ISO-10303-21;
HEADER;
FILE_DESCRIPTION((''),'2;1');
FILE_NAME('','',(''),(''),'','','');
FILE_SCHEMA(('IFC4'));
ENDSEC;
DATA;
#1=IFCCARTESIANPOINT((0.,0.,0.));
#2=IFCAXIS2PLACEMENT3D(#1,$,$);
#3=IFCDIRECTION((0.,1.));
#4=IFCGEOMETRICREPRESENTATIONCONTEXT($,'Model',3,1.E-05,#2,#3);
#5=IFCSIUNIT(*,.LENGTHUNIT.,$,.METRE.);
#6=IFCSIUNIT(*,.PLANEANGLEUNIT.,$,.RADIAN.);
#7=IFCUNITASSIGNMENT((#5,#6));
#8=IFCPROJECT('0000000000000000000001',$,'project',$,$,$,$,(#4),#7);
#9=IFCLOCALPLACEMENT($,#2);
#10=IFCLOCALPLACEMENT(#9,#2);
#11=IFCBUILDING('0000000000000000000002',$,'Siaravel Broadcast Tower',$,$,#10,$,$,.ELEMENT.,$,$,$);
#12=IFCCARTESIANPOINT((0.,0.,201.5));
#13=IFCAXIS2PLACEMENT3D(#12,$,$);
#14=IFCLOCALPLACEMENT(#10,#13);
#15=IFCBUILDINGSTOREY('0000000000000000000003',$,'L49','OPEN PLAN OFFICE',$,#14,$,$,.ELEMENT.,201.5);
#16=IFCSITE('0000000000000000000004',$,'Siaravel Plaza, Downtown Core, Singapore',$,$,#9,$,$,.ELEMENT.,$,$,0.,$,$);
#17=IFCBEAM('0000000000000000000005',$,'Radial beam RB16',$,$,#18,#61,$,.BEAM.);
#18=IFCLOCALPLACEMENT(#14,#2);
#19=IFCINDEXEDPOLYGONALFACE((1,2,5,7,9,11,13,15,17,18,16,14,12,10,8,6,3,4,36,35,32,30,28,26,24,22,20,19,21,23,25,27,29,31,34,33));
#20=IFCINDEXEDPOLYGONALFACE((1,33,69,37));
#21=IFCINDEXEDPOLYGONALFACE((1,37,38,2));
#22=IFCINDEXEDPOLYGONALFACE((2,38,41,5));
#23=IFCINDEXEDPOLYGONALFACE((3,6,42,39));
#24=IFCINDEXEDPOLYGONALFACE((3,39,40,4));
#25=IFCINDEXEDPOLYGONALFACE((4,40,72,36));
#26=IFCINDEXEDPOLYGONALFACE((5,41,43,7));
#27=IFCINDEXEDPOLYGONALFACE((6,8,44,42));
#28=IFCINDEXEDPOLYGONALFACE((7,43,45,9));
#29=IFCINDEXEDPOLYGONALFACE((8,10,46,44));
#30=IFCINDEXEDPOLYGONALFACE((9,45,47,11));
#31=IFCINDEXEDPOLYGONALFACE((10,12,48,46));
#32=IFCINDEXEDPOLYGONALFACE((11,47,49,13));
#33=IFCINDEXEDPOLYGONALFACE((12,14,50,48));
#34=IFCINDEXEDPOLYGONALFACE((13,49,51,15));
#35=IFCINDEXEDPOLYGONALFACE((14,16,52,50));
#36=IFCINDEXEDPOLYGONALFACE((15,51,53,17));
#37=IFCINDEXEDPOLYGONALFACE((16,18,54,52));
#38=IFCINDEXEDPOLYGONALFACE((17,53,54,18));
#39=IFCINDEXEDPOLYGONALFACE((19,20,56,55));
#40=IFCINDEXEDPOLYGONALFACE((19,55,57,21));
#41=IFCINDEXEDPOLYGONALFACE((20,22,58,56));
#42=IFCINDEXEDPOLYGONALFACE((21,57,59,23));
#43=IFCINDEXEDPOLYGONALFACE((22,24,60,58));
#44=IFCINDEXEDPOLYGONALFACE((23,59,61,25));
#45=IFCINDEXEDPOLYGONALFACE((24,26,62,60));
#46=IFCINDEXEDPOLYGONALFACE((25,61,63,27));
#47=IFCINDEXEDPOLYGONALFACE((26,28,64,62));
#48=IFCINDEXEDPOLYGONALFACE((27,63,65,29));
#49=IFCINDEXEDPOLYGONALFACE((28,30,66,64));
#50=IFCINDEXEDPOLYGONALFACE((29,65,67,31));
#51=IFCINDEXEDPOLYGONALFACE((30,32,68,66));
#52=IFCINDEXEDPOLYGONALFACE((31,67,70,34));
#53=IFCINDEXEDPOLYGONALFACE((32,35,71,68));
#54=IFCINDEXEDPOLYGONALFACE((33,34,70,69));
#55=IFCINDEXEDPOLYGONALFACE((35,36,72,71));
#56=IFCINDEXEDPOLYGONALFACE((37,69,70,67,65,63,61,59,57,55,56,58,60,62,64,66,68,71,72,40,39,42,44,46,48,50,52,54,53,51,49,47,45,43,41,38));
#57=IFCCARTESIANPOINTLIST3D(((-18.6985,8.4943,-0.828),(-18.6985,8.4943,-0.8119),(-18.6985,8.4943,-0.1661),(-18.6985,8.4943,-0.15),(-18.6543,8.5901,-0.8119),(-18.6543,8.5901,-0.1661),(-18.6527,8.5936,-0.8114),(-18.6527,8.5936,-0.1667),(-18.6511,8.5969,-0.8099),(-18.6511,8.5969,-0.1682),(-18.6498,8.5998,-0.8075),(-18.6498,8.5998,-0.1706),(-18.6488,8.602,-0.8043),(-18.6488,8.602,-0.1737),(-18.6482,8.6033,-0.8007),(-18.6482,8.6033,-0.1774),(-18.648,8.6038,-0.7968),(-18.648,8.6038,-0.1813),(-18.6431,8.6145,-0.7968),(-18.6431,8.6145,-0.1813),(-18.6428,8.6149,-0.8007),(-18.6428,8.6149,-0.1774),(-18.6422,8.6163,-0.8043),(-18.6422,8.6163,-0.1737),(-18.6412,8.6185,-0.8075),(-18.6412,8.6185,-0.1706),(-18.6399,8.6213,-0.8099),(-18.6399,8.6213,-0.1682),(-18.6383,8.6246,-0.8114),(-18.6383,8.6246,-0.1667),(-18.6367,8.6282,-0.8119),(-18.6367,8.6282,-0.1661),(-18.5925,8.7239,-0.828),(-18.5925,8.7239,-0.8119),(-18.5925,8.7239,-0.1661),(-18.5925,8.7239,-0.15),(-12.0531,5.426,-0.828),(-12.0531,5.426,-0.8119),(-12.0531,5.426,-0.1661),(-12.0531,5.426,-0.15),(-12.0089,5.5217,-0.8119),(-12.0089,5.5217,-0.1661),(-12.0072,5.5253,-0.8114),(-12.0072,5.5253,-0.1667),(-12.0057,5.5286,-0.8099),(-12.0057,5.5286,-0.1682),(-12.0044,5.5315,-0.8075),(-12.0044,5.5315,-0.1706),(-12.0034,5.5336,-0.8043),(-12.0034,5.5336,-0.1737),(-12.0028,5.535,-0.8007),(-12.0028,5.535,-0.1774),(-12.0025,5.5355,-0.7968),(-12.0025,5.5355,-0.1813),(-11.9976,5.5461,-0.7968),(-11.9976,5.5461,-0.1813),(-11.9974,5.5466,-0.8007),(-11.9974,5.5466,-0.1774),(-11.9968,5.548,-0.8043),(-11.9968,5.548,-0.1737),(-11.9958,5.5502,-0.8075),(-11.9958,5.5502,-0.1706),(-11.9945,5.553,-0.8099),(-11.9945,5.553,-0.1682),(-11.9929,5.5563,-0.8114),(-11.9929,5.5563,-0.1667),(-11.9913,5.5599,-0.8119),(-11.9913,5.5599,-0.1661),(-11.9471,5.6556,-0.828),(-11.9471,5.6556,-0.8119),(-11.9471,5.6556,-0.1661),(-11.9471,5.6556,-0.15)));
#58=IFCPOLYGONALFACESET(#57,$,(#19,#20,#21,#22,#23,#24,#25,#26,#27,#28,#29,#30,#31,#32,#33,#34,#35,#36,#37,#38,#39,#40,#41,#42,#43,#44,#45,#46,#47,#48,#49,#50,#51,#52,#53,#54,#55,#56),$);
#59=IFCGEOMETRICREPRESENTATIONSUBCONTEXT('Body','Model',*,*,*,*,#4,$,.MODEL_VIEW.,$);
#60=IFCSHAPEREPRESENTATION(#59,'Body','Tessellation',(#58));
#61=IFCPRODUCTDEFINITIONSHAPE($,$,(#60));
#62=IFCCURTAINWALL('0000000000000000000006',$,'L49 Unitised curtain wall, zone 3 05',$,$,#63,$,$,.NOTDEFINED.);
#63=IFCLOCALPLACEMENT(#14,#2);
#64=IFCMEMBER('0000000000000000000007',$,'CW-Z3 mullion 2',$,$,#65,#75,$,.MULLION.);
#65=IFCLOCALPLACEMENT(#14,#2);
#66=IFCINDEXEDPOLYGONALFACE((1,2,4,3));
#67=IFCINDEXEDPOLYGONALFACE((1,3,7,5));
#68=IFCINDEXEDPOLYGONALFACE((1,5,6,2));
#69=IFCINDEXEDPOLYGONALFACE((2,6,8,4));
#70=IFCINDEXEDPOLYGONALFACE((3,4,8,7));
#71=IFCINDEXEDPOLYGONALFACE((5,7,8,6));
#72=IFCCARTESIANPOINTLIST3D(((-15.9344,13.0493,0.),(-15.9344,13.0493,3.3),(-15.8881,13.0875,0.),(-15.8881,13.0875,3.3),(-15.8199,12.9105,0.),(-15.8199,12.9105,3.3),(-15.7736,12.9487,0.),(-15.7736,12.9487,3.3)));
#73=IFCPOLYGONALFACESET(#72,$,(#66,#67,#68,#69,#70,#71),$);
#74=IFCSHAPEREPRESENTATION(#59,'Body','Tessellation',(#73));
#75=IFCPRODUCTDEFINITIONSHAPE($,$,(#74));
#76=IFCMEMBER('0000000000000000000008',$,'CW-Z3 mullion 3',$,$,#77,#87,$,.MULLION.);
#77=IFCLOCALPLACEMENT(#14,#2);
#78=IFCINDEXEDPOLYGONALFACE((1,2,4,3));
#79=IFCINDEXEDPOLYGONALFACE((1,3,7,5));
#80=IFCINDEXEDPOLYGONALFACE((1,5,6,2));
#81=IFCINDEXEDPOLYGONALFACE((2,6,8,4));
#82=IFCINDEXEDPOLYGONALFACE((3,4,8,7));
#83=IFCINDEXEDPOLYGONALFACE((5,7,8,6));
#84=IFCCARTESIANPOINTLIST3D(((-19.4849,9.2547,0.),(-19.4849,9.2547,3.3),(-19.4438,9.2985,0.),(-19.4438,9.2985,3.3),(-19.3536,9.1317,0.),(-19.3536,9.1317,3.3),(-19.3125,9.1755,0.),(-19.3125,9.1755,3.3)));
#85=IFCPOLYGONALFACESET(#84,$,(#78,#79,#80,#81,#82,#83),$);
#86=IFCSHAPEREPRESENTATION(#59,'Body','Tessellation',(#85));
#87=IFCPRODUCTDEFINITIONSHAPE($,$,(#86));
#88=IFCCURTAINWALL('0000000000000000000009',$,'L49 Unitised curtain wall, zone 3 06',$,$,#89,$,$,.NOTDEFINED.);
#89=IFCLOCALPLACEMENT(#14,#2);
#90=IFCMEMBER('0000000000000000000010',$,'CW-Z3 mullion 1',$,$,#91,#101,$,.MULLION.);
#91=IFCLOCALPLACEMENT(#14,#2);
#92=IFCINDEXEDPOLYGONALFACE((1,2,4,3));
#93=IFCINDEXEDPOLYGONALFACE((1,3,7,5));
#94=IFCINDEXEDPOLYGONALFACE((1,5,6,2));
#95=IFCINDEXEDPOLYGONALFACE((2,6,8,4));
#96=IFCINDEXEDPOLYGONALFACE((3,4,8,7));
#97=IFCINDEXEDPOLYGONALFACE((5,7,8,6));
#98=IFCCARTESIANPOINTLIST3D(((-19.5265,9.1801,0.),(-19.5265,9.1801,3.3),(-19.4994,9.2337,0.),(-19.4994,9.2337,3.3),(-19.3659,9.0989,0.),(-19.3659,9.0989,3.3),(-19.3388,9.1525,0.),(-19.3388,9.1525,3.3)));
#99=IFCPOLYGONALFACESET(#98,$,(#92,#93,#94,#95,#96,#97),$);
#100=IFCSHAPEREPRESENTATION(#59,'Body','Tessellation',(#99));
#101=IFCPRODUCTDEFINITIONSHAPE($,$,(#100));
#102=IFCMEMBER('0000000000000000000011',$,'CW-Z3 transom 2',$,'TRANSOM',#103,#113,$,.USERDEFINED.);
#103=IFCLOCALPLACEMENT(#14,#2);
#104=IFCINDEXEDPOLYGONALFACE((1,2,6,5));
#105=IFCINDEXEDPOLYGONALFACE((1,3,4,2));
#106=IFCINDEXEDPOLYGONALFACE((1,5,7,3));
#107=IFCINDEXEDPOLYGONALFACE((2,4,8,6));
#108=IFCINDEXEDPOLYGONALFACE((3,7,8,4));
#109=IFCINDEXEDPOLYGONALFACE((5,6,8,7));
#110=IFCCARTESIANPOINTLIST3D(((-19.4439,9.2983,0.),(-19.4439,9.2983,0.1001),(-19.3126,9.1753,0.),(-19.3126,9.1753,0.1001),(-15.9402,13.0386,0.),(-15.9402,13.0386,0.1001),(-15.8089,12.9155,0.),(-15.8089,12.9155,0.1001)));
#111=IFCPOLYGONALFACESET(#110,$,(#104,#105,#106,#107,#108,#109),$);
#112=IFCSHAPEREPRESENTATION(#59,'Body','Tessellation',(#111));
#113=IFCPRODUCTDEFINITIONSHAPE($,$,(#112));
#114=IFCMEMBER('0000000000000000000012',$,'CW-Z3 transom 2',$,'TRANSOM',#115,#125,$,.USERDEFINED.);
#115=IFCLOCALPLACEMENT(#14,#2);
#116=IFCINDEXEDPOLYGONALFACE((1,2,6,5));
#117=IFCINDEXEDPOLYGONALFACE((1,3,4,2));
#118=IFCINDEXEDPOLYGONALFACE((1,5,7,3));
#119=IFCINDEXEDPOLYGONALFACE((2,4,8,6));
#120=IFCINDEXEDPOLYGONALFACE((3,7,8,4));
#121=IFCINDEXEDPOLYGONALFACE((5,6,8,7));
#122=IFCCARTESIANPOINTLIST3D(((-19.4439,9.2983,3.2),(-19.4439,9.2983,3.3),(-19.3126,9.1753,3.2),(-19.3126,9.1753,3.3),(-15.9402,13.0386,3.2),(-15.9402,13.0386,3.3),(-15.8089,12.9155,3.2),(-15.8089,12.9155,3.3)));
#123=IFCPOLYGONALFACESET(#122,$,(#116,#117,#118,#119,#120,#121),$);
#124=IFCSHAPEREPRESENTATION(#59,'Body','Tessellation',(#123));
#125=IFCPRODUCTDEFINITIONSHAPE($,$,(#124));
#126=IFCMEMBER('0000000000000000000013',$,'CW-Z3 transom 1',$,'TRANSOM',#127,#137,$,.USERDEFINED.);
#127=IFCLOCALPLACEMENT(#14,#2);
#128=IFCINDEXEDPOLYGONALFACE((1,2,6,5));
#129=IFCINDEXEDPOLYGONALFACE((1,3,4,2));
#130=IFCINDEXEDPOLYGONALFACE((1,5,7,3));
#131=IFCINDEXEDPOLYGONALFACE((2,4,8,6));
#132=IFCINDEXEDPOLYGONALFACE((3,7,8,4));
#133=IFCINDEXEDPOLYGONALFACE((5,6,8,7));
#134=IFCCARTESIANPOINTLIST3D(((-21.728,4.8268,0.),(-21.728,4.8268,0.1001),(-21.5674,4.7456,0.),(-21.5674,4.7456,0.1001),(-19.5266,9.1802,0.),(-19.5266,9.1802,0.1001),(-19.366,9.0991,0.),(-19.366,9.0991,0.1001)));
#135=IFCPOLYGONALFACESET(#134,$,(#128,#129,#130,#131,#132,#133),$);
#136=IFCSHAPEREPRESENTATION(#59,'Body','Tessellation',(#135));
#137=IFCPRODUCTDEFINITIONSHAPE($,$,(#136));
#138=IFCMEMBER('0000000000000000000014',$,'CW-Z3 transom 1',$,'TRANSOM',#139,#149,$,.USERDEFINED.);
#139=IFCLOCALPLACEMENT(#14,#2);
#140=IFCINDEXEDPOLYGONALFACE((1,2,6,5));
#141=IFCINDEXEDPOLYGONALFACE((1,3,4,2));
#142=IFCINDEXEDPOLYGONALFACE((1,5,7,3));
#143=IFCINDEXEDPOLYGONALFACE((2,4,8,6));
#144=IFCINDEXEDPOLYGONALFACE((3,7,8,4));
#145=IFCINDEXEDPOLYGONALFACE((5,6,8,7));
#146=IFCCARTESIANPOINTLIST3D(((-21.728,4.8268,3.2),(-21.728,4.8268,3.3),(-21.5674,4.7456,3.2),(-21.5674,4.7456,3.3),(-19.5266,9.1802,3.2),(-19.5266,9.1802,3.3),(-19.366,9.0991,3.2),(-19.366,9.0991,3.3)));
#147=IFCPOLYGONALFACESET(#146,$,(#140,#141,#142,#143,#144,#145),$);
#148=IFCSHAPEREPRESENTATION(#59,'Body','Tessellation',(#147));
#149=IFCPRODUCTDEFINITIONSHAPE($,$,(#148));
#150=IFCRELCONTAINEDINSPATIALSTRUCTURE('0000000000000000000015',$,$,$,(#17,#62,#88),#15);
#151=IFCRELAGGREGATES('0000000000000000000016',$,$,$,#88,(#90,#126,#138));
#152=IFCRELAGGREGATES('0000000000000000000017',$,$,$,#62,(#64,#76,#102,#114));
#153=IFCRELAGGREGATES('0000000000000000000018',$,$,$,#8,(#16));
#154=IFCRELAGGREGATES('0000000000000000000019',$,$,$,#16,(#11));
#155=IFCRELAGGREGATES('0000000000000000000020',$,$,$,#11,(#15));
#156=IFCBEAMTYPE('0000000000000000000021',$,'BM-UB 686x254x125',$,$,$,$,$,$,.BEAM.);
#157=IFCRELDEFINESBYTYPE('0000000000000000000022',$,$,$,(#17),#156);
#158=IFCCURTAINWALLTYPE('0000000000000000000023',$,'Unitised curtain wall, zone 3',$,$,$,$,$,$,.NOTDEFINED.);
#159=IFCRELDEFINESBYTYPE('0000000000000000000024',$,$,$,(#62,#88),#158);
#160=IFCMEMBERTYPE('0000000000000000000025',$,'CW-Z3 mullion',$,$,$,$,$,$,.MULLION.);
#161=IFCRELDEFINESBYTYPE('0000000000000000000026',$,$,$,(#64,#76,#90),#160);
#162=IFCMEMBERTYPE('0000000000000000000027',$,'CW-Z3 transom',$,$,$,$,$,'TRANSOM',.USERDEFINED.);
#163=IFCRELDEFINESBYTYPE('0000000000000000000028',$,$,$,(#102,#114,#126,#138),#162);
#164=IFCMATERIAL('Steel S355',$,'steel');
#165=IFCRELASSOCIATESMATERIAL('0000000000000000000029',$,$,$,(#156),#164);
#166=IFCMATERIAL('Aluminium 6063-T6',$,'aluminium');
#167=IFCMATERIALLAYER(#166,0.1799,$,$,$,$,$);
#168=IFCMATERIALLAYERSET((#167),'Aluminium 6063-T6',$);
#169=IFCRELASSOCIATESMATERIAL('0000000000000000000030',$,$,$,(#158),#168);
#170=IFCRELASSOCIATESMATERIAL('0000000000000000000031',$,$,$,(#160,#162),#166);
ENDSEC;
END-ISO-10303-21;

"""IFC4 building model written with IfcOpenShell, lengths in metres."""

from ifc_helpers import new_model, si_unit, direction, frame, origin, origin_2d, place, context, subcontext, project, spatial, rectangle, i_section, extrude, material, layer, layer_set, material_profile, profile_set, type_object, element, aggregate, save


model = new_model("IFC4")

# Units and contexts
model_context = context("Model", 3, precision=1e-05, world=origin(), true_north=direction((0.0, 1.0)))
body_context = subcontext(model_context, "Body", "Model", "MODEL_VIEW")
ifc_project = project(units=[si_unit("LENGTHUNIT", "METRE"), si_unit("PLANEANGLEUNIT", "RADIAN")], contexts=[model_context])

# Site, building, storey
site_placement = place(None, origin())
site = spatial("IfcSite", under=ifc_project, at=site_placement, Name="Siaravel Plaza, Downtown Core, Singapore", CompositionType="ELEMENT", RefElevation=0.0)
building_placement = place(site_placement, origin())
building = spatial("IfcBuilding", under=site, at=building_placement, Name="Siaravel Broadcast Tower", CompositionType="ELEMENT")
storey_placement = place(building_placement, frame((0.0, 0.0, 201.5)))
storey = spatial("IfcBuildingStorey", under=building, at=storey_placement, Name="L49", Description="OPEN PLAN OFFICE", CompositionType="ELEMENT", Elevation=201.5)

# Beam
ifc_material_1 = material(Name="Steel S355", Category="steel")
ifc_material_profile_1 = material_profile(ifc_material_1, i_section(OverallWidth=0.2529, OverallDepth=0.678, WebThickness=0.0117, FlangeThickness=0.0161, FilletRadius=0.0151, at=origin_2d()))
ifc_profile_set_1 = profile_set([ifc_material_profile_1], Name="Steel S355")
beam_type = type_object("IfcBeamType", Name="BM-UB 686x254x125", PredefinedType="BEAM", material=ifc_profile_set_1)
beam_1_placement = place(storey_placement, frame((-18.6455, 8.6091, -0.489), z_axis=(0.907897, -0.419194, 0.0), x_axis=(0.419194, 0.907897, 0.0)))
element("IfcBeam", 1, at=beam_1_placement, inside=storey, type_object=beam_type, Name="Radial beam RB16", PredefinedType="BEAM", context=body_context, shape_type="SweptSolid", body=[
    extrude(i_section(OverallWidth=0.2529, OverallDepth=0.678, WebThickness=0.0117, FlangeThickness=0.0161, FilletRadius=0.0151, at=origin_2d()), origin(), (0.0, 0.0, 1.0), 7.3196),
])

# Curtain wall, members
ifc_material_2 = material(Name="Aluminium 6063-T6", Category="aluminium")
ifc_layer_1 = layer(ifc_material_2, 0.1799)
ifc_layer_set_1 = layer_set([ifc_layer_1], Name="Aluminium 6063-T6")
curtain_wall_type = type_object("IfcCurtainWallType", Name="Unitised curtain wall, zone 3", PredefinedType="NOTDEFINED", material=ifc_layer_set_1)
curtain_wall_1_placement = place(storey_placement, origin())
curtain_wall_1 = element("IfcCurtainWall", 2, at=curtain_wall_1_placement, inside=storey, type_object=curtain_wall_type, Name="L49 Unitised curtain wall, zone 3 05", PredefinedType="NOTDEFINED")
ifc_material_profile_2 = material_profile(ifc_material_2, rectangle(XDim=0.1799, YDim=0.0601, at=origin_2d()))
ifc_profile_set_2 = profile_set([ifc_material_profile_2], Name="Aluminium 6063-T6")
member_type_1 = type_object("IfcMemberType", Name="CW-Z3 mullion", PredefinedType="MULLION", material=ifc_profile_set_2)
member_1_placement = place(storey_placement, frame((-15.854, 12.999, 0.0), z_axis=(0.0, 0.0, 1.0), x_axis=(0.636221, -0.771507, 0.0)))
member_1 = element("IfcMember", 3, at=member_1_placement, type_object=member_type_1, Name="CW-Z3 mullion 2", PredefinedType="MULLION", context=body_context, shape_type="SweptSolid", body=[
    extrude(rectangle(XDim=0.1799, YDim=0.0601, at=origin_2d()), origin(), (0.0, 0.0, 1.0), 3.3),
])
member_2_placement = place(storey_placement, frame((-19.3987, 9.2151, 0.0), z_axis=(0.0, 0.0, 1.0), x_axis=(0.729807, -0.683653, 0.0)))
member_2 = element("IfcMember", 4, at=member_2_placement, type_object=member_type_1, Name="CW-Z3 mullion 3", PredefinedType="MULLION", context=body_context, shape_type="SweptSolid", body=[
    extrude(rectangle(XDim=0.1799, YDim=0.0601, at=origin_2d()), origin(), (0.0, 0.0, 1.0), 3.3),
])

# Curtain wall, member
curtain_wall_2_placement = place(storey_placement, origin())
curtain_wall_2 = element("IfcCurtainWall", 5, at=curtain_wall_2_placement, inside=storey, type_object=curtain_wall_type, Name="L49 Unitised curtain wall, zone 3 06", PredefinedType="NOTDEFINED")
member_3_placement = place(storey_placement, frame((-19.4326, 9.1663, 0.0), z_axis=(0.0, 0.0, 1.0), x_axis=(0.892393, -0.451259, 0.0)))
member_3 = element("IfcMember", 6, at=member_3_placement, type_object=member_type_1, Name="CW-Z3 mullion 1", PredefinedType="MULLION", context=body_context, shape_type="SweptSolid", body=[
    extrude(rectangle(XDim=0.1799, YDim=0.0601, at=origin_2d()), origin(), (0.0, 0.0, 1.0), 3.3),
])

# Members
ifc_material_profile_3 = material_profile(ifc_material_2, rectangle(XDim=0.1799, YDim=0.1001, at=origin_2d()))
ifc_profile_set_3 = profile_set([ifc_material_profile_3], Name="Aluminium 6063-T6")
member_type_2 = type_object("IfcMemberType", Name="CW-Z3 transom", ElementType="TRANSOM", PredefinedType="USERDEFINED", material=ifc_profile_set_3)
member_4_placement = place(storey_placement, frame((-15.8745, 12.9771, 0.05), z_axis=(-0.68365, -0.72981, 0.0), x_axis=(0.72981, -0.68365, 0.0)))
member_4 = element("IfcMember", 7, at=member_4_placement, type_object=member_type_2, Name="CW-Z3 transom 2", ObjectType="TRANSOM", PredefinedType="USERDEFINED", context=body_context, shape_type="SweptSolid", body=[
    extrude(rectangle(XDim=0.1799, YDim=0.1001, at=origin_2d()), origin(), (0.0, 0.0, 1.0), 5.125),
])
member_5_placement = place(storey_placement, frame((-15.8745, 12.9771, 3.25), z_axis=(-0.68365, -0.72981, 0.0), x_axis=(0.72981, -0.68365, 0.0)))
member_5 = element("IfcMember", 8, at=member_5_placement, type_object=member_type_2, Name="CW-Z3 transom 2", ObjectType="TRANSOM", PredefinedType="USERDEFINED", context=body_context, shape_type="SweptSolid", body=[
    extrude(rectangle(XDim=0.1799, YDim=0.1001, at=origin_2d()), origin(), (0.0, 0.0, 1.0), 5.125),
])
member_6_placement = place(storey_placement, frame((-19.4463, 9.1396, 0.05), z_axis=(-0.451253, -0.892396, 0.0), x_axis=(0.892396, -0.451253, 0.0)))
member_6 = element("IfcMember", 9, at=member_6_placement, type_object=member_type_2, Name="CW-Z3 transom 1", ObjectType="TRANSOM", PredefinedType="USERDEFINED", context=body_context, shape_type="SweptSolid", body=[
    extrude(rectangle(XDim=0.1799, YDim=0.1001, at=origin_2d()), origin(), (0.0, 0.0, 1.0), 4.8784),
])
member_7_placement = place(storey_placement, frame((-19.4463, 9.1396, 3.25), z_axis=(-0.451253, -0.892396, 0.0), x_axis=(0.892396, -0.451253, 0.0)))
member_7 = element("IfcMember", 10, at=member_7_placement, type_object=member_type_2, Name="CW-Z3 transom 1", ObjectType="TRANSOM", PredefinedType="USERDEFINED", context=body_context, shape_type="SweptSolid", body=[
    extrude(rectangle(XDim=0.1799, YDim=0.1001, at=origin_2d()), origin(), (0.0, 0.0, 1.0), 4.8784),
])
aggregate(curtain_wall_2, [member_3, member_6, member_7])

aggregate(curtain_wall_1, [member_1, member_2, member_4, member_5])

save(model, "model.ifc")
